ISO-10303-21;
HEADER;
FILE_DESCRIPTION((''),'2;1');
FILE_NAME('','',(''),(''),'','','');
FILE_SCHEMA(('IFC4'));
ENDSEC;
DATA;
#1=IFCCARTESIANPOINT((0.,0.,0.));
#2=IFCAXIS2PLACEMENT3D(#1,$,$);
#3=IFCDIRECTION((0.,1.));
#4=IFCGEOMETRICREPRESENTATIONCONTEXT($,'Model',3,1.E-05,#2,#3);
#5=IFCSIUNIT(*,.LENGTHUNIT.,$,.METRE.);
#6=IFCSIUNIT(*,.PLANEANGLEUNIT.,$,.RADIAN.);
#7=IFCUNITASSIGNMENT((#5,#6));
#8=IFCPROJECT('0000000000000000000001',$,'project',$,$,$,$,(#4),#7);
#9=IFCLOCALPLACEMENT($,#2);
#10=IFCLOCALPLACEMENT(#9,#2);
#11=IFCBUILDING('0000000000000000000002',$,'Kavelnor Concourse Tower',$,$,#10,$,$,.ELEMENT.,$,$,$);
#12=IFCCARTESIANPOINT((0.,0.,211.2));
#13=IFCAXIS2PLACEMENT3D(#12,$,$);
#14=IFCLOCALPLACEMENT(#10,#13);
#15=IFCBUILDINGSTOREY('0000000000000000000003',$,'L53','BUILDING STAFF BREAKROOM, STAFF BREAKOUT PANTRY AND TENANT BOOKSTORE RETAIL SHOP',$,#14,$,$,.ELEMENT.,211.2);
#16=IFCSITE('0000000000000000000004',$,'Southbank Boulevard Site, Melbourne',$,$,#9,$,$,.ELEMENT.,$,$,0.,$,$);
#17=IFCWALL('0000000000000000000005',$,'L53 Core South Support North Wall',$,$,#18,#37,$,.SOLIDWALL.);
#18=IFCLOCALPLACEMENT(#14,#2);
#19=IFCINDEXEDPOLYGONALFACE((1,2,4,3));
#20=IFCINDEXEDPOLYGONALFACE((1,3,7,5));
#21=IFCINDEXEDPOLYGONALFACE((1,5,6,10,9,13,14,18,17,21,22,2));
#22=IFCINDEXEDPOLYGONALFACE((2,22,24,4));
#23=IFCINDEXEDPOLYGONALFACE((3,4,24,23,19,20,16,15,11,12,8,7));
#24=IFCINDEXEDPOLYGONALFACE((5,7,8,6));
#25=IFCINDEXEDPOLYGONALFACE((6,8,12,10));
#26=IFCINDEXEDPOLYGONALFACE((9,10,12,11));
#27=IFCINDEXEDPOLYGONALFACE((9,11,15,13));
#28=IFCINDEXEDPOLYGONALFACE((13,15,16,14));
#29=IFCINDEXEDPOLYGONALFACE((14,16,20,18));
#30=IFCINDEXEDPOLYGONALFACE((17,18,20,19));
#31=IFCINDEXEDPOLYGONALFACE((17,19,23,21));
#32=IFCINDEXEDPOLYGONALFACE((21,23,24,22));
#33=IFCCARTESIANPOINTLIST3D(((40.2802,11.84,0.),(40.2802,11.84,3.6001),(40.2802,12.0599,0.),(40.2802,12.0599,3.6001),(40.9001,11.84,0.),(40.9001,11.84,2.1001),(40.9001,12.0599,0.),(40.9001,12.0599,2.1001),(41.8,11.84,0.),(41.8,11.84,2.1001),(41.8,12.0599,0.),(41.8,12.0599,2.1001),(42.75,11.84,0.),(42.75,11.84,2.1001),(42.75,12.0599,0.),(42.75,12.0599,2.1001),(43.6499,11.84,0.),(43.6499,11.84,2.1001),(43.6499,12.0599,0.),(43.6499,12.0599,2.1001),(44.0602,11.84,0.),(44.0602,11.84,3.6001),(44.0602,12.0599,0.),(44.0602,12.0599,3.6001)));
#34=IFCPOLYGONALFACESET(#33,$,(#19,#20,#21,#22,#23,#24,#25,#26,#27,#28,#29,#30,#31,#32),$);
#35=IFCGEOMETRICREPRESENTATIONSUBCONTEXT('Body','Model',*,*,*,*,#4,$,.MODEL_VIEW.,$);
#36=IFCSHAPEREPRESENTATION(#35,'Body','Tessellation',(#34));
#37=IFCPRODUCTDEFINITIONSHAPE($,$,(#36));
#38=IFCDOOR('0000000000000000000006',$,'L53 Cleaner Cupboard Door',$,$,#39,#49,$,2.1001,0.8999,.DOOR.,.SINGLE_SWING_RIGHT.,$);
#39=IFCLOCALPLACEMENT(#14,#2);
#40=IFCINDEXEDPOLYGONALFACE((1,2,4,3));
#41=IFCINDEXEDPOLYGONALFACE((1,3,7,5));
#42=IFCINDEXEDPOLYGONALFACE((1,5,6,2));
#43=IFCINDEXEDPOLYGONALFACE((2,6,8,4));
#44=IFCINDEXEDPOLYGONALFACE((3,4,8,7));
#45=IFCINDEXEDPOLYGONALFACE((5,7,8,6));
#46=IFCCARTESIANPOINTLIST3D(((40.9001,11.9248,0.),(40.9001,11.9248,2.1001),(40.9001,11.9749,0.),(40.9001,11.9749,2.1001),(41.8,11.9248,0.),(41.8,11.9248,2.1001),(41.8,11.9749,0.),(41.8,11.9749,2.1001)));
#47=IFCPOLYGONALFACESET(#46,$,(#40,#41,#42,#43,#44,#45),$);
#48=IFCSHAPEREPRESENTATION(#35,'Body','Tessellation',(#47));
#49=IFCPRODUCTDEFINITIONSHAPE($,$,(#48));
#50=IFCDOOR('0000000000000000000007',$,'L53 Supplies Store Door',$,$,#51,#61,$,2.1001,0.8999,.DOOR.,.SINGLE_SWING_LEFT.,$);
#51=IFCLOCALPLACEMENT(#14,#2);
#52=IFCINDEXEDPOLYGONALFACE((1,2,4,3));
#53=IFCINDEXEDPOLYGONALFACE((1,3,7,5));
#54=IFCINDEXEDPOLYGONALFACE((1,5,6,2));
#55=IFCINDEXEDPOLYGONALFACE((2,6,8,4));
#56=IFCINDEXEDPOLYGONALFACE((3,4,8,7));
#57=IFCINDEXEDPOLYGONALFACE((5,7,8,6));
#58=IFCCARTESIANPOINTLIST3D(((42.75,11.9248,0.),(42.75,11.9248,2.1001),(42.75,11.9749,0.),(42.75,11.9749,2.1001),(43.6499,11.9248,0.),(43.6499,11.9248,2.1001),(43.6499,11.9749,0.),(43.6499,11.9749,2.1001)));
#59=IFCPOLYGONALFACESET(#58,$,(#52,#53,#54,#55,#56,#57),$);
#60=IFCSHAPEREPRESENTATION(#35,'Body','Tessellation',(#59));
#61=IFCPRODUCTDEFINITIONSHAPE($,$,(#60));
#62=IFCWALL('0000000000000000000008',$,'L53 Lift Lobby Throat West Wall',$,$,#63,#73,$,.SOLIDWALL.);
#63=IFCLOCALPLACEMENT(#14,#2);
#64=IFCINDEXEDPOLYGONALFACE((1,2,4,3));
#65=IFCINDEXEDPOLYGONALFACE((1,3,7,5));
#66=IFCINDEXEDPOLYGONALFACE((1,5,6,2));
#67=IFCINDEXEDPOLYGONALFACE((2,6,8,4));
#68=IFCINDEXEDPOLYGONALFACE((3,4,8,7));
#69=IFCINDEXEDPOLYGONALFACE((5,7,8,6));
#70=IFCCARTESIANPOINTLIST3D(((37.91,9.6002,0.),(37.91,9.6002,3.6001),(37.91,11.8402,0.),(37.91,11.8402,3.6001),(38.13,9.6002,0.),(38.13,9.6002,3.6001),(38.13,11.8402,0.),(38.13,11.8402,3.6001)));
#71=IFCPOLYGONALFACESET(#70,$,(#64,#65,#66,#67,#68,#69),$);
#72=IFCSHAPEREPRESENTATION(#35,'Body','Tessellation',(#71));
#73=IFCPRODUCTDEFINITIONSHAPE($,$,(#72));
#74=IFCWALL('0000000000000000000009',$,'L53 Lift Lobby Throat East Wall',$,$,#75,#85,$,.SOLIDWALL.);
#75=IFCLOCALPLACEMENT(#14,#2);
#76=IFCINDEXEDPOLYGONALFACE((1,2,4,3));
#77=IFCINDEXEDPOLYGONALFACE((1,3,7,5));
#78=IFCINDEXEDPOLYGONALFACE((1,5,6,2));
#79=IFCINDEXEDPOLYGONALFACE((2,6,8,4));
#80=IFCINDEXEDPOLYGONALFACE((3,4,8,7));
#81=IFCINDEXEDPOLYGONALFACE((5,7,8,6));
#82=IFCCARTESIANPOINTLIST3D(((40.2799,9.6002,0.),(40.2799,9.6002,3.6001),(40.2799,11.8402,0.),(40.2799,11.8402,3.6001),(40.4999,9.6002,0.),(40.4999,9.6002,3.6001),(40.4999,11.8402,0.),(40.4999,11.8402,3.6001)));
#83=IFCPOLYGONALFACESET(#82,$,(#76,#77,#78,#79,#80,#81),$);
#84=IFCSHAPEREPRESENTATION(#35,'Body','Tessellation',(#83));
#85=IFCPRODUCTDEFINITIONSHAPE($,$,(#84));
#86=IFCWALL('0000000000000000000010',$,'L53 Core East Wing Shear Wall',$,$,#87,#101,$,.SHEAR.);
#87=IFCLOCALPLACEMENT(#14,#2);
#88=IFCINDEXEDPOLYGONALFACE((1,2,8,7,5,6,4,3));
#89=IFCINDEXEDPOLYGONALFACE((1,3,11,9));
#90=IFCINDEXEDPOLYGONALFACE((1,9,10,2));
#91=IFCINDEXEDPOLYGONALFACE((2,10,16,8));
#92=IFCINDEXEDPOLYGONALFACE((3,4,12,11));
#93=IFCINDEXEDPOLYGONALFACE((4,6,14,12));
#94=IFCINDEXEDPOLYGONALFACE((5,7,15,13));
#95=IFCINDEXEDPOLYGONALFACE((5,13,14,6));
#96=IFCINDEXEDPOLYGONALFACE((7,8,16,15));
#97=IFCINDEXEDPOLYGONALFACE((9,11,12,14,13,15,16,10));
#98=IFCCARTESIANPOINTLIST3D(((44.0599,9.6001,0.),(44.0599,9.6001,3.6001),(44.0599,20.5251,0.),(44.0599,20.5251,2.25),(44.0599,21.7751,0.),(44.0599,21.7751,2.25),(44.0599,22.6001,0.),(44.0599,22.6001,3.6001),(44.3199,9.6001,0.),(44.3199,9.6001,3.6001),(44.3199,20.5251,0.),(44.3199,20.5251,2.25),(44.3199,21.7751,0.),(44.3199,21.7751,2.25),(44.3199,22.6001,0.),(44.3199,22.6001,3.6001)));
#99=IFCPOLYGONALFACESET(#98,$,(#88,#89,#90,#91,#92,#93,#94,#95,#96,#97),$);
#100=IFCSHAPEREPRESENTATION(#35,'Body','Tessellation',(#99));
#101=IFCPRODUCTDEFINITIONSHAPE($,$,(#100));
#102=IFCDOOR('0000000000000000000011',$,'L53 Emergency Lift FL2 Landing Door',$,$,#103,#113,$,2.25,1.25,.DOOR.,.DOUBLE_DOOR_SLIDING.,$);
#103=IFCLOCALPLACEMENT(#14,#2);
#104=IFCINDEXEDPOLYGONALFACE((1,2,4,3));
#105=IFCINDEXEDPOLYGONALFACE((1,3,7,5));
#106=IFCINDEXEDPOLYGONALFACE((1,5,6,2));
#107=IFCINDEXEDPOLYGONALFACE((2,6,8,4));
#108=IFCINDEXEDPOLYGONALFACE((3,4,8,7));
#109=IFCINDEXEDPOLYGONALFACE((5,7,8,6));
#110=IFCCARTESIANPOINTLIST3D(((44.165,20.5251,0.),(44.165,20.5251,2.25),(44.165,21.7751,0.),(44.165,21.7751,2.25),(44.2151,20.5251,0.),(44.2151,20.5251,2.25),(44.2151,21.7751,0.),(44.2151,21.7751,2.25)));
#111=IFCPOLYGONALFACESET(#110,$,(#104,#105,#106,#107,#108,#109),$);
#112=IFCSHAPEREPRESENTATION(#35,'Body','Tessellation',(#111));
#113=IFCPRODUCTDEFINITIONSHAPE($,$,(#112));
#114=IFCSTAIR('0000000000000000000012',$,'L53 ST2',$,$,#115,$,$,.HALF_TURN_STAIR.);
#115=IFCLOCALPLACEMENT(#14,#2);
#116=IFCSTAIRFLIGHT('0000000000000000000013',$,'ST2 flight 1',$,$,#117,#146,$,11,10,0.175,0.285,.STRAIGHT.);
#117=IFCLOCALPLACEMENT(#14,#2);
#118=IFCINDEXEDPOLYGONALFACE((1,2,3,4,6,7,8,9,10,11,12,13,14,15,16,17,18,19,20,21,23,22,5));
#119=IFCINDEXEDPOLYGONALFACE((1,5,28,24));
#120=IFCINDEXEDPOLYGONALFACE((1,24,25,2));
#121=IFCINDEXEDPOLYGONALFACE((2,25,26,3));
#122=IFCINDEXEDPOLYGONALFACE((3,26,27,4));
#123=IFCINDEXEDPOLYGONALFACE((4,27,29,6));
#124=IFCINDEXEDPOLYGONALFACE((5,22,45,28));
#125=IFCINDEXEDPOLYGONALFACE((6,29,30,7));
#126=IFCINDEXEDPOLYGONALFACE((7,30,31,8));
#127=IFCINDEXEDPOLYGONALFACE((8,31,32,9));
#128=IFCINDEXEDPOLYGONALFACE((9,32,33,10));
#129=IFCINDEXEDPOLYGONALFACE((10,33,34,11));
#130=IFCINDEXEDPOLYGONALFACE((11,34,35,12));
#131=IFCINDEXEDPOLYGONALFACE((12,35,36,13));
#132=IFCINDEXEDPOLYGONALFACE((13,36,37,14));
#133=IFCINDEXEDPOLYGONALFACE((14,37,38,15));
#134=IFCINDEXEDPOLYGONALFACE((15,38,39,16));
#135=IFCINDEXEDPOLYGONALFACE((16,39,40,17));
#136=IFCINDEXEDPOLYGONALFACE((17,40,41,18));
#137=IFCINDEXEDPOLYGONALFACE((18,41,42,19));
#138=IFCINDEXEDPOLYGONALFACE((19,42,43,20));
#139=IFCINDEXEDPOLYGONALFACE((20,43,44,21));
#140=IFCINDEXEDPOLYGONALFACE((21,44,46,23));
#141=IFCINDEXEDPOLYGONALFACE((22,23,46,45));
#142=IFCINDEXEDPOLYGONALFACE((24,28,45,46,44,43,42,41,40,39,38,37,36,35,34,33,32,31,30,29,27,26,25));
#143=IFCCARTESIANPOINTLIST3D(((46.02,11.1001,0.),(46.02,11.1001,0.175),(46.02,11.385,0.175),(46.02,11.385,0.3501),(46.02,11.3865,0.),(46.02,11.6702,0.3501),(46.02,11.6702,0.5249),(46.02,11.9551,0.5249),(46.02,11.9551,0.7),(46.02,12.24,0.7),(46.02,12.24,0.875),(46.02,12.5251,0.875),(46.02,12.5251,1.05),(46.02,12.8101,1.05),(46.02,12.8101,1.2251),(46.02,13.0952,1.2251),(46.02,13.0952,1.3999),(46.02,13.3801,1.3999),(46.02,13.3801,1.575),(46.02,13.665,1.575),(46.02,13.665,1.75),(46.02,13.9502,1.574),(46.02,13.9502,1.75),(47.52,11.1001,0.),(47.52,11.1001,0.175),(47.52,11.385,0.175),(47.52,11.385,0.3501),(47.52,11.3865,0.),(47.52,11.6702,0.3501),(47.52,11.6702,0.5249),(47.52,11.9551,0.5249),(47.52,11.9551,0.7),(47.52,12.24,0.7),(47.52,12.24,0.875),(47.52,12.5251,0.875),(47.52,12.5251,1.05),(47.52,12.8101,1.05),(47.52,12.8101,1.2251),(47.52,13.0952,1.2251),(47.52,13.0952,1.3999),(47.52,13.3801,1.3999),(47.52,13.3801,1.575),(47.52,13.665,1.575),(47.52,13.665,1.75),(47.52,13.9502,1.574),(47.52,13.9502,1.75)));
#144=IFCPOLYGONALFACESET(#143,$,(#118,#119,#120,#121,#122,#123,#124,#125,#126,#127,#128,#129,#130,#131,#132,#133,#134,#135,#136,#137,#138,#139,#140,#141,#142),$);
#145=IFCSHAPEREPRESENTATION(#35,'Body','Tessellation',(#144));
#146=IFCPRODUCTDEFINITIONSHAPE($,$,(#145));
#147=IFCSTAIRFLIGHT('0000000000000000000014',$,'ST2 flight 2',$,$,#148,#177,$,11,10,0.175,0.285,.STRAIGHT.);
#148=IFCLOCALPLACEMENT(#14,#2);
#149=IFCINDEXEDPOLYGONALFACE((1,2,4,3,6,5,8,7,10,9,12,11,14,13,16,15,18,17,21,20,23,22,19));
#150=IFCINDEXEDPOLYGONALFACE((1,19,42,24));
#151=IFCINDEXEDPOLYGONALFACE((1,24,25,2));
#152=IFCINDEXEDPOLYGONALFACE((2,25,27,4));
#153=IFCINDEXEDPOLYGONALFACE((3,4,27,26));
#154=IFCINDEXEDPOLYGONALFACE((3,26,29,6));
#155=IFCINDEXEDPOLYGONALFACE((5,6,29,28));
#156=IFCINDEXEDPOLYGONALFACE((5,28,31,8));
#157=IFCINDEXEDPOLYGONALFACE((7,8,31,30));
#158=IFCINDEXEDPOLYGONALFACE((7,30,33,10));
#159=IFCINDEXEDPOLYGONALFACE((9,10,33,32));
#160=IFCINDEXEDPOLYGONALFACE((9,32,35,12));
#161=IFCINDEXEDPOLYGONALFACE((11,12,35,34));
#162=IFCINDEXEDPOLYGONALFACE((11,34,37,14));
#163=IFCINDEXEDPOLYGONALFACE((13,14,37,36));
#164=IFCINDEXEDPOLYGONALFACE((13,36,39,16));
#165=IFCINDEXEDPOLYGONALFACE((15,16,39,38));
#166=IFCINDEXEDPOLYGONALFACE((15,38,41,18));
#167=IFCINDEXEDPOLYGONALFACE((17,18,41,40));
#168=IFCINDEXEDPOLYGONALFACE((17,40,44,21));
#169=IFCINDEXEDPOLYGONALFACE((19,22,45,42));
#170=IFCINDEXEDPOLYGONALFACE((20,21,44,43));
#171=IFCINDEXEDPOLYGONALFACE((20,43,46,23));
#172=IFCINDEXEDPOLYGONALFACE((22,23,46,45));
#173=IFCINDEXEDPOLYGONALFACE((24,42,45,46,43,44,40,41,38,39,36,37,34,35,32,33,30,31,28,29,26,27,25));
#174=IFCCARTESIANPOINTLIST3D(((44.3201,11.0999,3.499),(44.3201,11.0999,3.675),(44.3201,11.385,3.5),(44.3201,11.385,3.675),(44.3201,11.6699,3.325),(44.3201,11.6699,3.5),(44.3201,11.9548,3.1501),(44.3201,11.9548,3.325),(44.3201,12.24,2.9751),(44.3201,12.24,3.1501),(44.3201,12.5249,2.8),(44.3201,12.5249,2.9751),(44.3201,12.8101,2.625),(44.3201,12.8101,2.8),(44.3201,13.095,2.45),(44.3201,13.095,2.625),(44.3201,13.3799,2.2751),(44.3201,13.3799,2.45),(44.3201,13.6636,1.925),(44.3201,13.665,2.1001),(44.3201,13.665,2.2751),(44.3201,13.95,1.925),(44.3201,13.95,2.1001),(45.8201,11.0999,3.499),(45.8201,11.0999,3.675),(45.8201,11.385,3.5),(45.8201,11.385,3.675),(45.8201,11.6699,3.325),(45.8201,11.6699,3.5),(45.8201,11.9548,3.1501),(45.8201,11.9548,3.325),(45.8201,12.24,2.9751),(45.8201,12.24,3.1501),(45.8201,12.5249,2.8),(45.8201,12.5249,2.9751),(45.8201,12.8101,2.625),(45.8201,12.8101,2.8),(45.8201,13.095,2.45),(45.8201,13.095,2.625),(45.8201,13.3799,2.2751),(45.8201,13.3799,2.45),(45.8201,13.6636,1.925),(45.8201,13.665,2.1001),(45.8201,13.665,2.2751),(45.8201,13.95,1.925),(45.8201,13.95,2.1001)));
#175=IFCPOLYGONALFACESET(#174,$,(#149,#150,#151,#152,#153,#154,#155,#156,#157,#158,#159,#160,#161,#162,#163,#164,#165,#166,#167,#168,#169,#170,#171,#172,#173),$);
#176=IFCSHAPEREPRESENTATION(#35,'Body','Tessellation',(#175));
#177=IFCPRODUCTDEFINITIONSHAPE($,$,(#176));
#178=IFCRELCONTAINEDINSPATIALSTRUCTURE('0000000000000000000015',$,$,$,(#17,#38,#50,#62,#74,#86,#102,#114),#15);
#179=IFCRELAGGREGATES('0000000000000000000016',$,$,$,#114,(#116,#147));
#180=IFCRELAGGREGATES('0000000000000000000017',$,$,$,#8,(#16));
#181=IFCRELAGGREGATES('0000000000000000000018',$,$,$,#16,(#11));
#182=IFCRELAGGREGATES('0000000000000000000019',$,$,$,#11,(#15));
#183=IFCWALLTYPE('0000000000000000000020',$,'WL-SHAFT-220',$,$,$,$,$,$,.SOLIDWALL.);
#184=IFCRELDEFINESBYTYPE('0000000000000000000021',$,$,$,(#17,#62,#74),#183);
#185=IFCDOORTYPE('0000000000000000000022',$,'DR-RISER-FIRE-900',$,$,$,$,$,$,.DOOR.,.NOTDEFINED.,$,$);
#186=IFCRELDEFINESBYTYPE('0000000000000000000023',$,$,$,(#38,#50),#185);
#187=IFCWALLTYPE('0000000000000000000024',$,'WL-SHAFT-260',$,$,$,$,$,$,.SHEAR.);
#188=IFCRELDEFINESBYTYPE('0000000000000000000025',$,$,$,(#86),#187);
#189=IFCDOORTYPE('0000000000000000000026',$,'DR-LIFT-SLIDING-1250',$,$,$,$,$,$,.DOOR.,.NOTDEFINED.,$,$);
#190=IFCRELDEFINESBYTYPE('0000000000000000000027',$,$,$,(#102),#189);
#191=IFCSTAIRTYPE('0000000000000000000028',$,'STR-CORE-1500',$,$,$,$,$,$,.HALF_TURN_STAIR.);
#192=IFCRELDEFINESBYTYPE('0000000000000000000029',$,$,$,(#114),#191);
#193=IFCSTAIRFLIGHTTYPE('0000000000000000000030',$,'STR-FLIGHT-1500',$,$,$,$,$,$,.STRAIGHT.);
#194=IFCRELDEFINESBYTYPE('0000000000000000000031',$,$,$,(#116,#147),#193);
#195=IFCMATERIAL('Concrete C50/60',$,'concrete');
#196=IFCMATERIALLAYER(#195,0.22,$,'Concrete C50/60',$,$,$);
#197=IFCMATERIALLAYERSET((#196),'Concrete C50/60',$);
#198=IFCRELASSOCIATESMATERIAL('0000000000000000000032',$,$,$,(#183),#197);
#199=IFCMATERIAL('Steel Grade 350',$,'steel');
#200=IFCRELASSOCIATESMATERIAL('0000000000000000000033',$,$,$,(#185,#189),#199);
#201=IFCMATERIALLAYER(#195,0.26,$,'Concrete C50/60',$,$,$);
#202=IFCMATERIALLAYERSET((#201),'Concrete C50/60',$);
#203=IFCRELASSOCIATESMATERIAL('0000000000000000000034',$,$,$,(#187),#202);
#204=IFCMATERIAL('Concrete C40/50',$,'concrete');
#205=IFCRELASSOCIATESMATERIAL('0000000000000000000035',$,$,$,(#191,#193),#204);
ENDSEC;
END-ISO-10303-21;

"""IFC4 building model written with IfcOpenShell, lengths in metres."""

from ifc_helpers import new_model, si_unit, direction, frame, frame_2d, origin, place, context, subcontext, project, spatial, polyline, rectangle, outline, extrude, material, layer, layer_set, type_object, element, fill, aggregate, save


model = new_model("IFC4")

# Units and contexts
model_context = context("Model", 3, precision=1e-05, world=origin(), true_north=direction((0.0, 1.0)))
body_context = subcontext(model_context, "Body", "Model", "MODEL_VIEW")
ifc_project = project(units=[si_unit("LENGTHUNIT", "METRE"), si_unit("PLANEANGLEUNIT", "RADIAN")], contexts=[model_context])

# Site, building, storey
site_placement = place(None, origin())
site = spatial("IfcSite", under=ifc_project, at=site_placement, Name="Southbank Boulevard Site, Melbourne", CompositionType="ELEMENT", RefElevation=0.0)
building_placement = place(site_placement, origin())
building = spatial("IfcBuilding", under=site, at=building_placement, Name="Kavelnor Concourse Tower", CompositionType="ELEMENT")
storey_placement = place(building_placement, frame((0.0, 0.0, 211.2)))
storey = spatial("IfcBuildingStorey", under=building, at=storey_placement, Name="L53", Description="BUILDING STAFF BREAKROOM, STAFF BREAKOUT PANTRY AND TENANT BOOKSTORE RETAIL SHOP", CompositionType="ELEMENT", Elevation=211.2)

# Shared definitions
ifc_material_1 = material(Name="Steel Grade 350", Category="steel")

# Shared definitions
ifc_material_2 = material(Name="Concrete C50/60", Category="concrete")
ifc_layer_1 = layer(ifc_material_2, 0.22, Name="Concrete C50/60")
ifc_layer_set_1 = layer_set([ifc_layer_1], Name="Concrete C50/60")
wall_type_1 = type_object("IfcWallType", Name="WL-SHAFT-220", PredefinedType="SOLIDWALL", material=ifc_layer_set_1)

# Wall, openings, doors
wall_1_placement = place(storey_placement, frame((40.28, 11.95, 0.0), z_axis=(0.0, 0.0, 1.0), x_axis=(1.0, 0.0, 0.0)))
wall_1 = element("IfcWall", 1, at=wall_1_placement, inside=storey, type_object=wall_type_1, Name="L53 Core South Support North Wall", PredefinedType="SOLIDWALL", context=body_context, shape_type="SweptSolid", body=[
    extrude(rectangle(XDim=3.78, YDim=0.22, at=frame_2d((1.8901, 0.0))), origin(), (0.0, 0.0, 1.0), 3.6001),
])
opening_1_placement = place(wall_1_placement, frame((0.6201, 0.0, 0.0)))
opening_1 = element("IfcOpeningElement", 2, at=opening_1_placement, cuts=wall_1, PredefinedType="OPENING", context=body_context, shape_type="SweptSolid", body=[
    extrude(rectangle(XDim=0.8999, YDim=2.1001, at=frame_2d((0.45, 1.05))), frame((0.0, 0.1201, 0.0), z_axis=(0.0, -1.0, 0.0), x_axis=(1.0, 0.0, 0.0)), (0.0, 0.0, 1.0), 0.24),
])
opening_2_placement = place(wall_1_placement, frame((2.47, 0.0, 0.0)))
opening_2 = element("IfcOpeningElement", 3, at=opening_2_placement, cuts=wall_1, PredefinedType="OPENING", context=body_context, shape_type="SweptSolid", body=[
    extrude(rectangle(XDim=0.8999, YDim=2.1001, at=frame_2d((0.45, 1.05))), frame((0.0, 0.1201, 0.0), z_axis=(0.0, -1.0, 0.0), x_axis=(1.0, 0.0, 0.0)), (0.0, 0.0, 1.0), 0.24),
])
door_type_1 = type_object("IfcDoorType", Name="DR-RISER-FIRE-900", OperationType="NOTDEFINED", PredefinedType="DOOR", material=ifc_material_1)
door_1_placement = place(opening_1_placement, origin())
door_1 = element("IfcDoor", 4, at=door_1_placement, inside=storey, type_object=door_type_1, Name="L53 Cleaner Cupboard Door", OperationType="SINGLE_SWING_RIGHT", OverallHeight=2.1001, OverallWidth=0.8999, PredefinedType="DOOR", context=body_context, shape_type="SweptSolid", body=[
    extrude(rectangle(XDim=0.8999, YDim=2.1001, at=frame_2d((0.45, 1.05))), frame((0.0, 0.0249, 0.0), z_axis=(0.0, -1.0, 0.0), x_axis=(1.0, 0.0, 0.0)), (0.0, 0.0, 1.0), 0.05),
])
fill(opening_1, door_1)
door_2_placement = place(opening_2_placement, origin())
door_2 = element("IfcDoor", 5, at=door_2_placement, inside=storey, type_object=door_type_1, Name="L53 Supplies Store Door", OperationType="SINGLE_SWING_LEFT", OverallHeight=2.1001, OverallWidth=0.8999, PredefinedType="DOOR", context=body_context, shape_type="SweptSolid", body=[
    extrude(rectangle(XDim=0.8999, YDim=2.1001, at=frame_2d((0.45, 1.05))), frame((0.0, 0.0249, 0.0), z_axis=(0.0, -1.0, 0.0), x_axis=(1.0, 0.0, 0.0)), (0.0, 0.0, 1.0), 0.05),
])
fill(opening_2, door_2)

# Walls
for number, where, z_axis, x_axis, name in (
    (6, (38.02, 9.6001, 0.0), (0.0, 0.0, 1.0), (0.0, 1.0, 0.0), "L53 Lift Lobby Throat West Wall"),
    (7, (40.3899, 9.6001, 0.0), (0.0, 0.0, 1.0), (0.0, 1.0, 0.0), "L53 Lift Lobby Throat East Wall"),
):
    element("IfcWall", number, at=place(storey_placement, frame(where, z_axis=z_axis, x_axis=x_axis)), inside=storey, type_object=wall_type_1, Name=name, PredefinedType="SOLIDWALL", context=body_context, shape_type="SweptSolid", body=[
        extrude(rectangle(XDim=2.24, YDim=0.22, at=frame_2d((1.1201, 0.0))), origin(), (0.0, 0.0, 1.0), 3.6001),
    ])

# Wall, opening, door
ifc_layer_2 = layer(ifc_material_2, 0.26, Name="Concrete C50/60")
ifc_layer_set_2 = layer_set([ifc_layer_2], Name="Concrete C50/60")
wall_type_2 = type_object("IfcWallType", Name="WL-SHAFT-260", PredefinedType="SHEAR", material=ifc_layer_set_2)
wall_2_placement = place(storey_placement, frame((44.1899, 9.6001, 0.0), z_axis=(0.0, 0.0, 1.0), x_axis=(0.0, 1.0, 0.0)))
wall_2 = element("IfcWall", 8, at=wall_2_placement, inside=storey, type_object=wall_type_2, Name="L53 Core East Wing Shear Wall", PredefinedType="SHEAR", context=body_context, shape_type="SweptSolid", body=[
    extrude(rectangle(XDim=13.0, YDim=0.26, at=frame_2d((6.5, 0.0))), origin(), (0.0, 0.0, 1.0), 3.6001),
])
opening_3_placement = place(wall_2_placement, frame((10.925, 0.0, 0.0)))
opening_3 = element("IfcOpeningElement", 9, at=opening_3_placement, cuts=wall_2, PredefinedType="OPENING", context=body_context, shape_type="SweptSolid", body=[
    extrude(rectangle(XDim=1.25, YDim=2.25, at=frame_2d((0.625, 1.125))), frame((0.0, 0.1401, 0.0), z_axis=(0.0, -1.0, 0.0), x_axis=(1.0, 0.0, 0.0)), (0.0, 0.0, 1.0), 0.28),
])
door_type_2 = type_object("IfcDoorType", Name="DR-LIFT-SLIDING-1250", OperationType="NOTDEFINED", PredefinedType="DOOR", material=ifc_material_1)
door_3_placement = place(opening_3_placement, origin())
door_3 = element("IfcDoor", 10, at=door_3_placement, inside=storey, type_object=door_type_2, Name="L53 Emergency Lift FL2 Landing Door", OperationType="DOUBLE_DOOR_SLIDING", OverallHeight=2.25, OverallWidth=1.25, PredefinedType="DOOR", context=body_context, shape_type="SweptSolid", body=[
    extrude(rectangle(XDim=1.25, YDim=2.25, at=frame_2d((0.625, 1.125))), frame((0.0, 0.0249, 0.0), z_axis=(0.0, -1.0, 0.0), x_axis=(1.0, 0.0, 0.0)), (0.0, 0.0, 1.0), 0.05),
])
fill(opening_3, door_3)

# Stair, stair flights
ifc_material_3 = material(Name="Concrete C40/50", Category="concrete")
stair_type = type_object("IfcStairType", Name="STR-CORE-1500", PredefinedType="HALF_TURN_STAIR", material=ifc_material_3)
stair_placement = place(storey_placement, origin())
stair = element("IfcStair", 11, at=stair_placement, inside=storey, type_object=stair_type, Name="L53 ST2", PredefinedType="HALF_TURN_STAIR")
stair_flight_type = type_object("IfcStairFlightType", Name="STR-FLIGHT-1500", PredefinedType="STRAIGHT", material=ifc_material_3)
stair_flight_1_placement = place(storey_placement, frame((46.77, 11.1001, 0.0), z_axis=(0.0, 0.0, 1.0), x_axis=(0.0, 1.0, 0.0)))
stair_flight_1 = element("IfcStairFlight", 12, at=stair_flight_1_placement, type_object=stair_flight_type, Name="ST2 flight 1", NumberOfRisers=11, NumberOfTreads=10, PredefinedType="STRAIGHT", RiserHeight=0.175, TreadLength=0.285, context=body_context, shape_type="SweptSolid", body=[
    extrude(outline(polyline([(0.0, 0.0), (0.0, 0.175), (0.2849, 0.175), (0.2849, 0.3501), (0.5701, 0.3501), (0.5701, 0.5249), (0.855, 0.5249), (0.855, 0.7), (1.1399, 0.7), (1.1399, 0.875), (1.425, 0.875), (1.425, 1.05), (1.71, 1.05), (1.71, 1.2251), (1.9951, 1.2251), (1.9951, 1.3999), (2.28, 1.3999), (2.28, 1.575), (2.5649, 1.575), (2.5649, 1.75), (2.8501, 1.75), (2.8501, 1.925), (2.8501, 1.574), (0.2864, 0.0), (0.0, 0.0)])), frame((0.0, 0.75, 0.0), z_axis=(0.0, -1.0, 0.0), x_axis=(1.0, 0.0, 0.0)), (0.0, 0.0, 1.0), 1.5),
])
stair_flight_2_placement = place(storey_placement, frame((45.0701, 13.95, 1.925), z_axis=(0.0, 0.0, 1.0), x_axis=(0.0, -1.0, 0.0)))
stair_flight_2 = element("IfcStairFlight", 13, at=stair_flight_2_placement, type_object=stair_flight_type, Name="ST2 flight 2", NumberOfRisers=11, NumberOfTreads=10, PredefinedType="STRAIGHT", RiserHeight=0.175, TreadLength=0.285, context=body_context, shape_type="SweptSolid", body=[
    extrude(outline(polyline([(0.0, 0.0), (0.0, 0.175), (0.2849, 0.175), (0.2849, 0.3501), (0.5701, 0.3501), (0.5701, 0.5249), (0.855, 0.5249), (0.855, 0.7), (1.1399, 0.7), (1.1399, 0.875), (1.425, 0.875), (1.425, 1.05), (1.71, 1.05), (1.71, 1.2251), (1.9951, 1.2251), (1.9951, 1.3999), (2.28, 1.3999), (2.28, 1.575), (2.5649, 1.575), (2.5649, 1.75), (2.8501, 1.75), (2.8501, 1.925), (2.8501, 1.574), (0.2864, 0.0), (0.0, 0.0)])), frame((0.0, 0.75, 0.0), z_axis=(0.0, -1.0, 0.0), x_axis=(1.0, 0.0, 0.0)), (0.0, 0.0, 1.0), 1.5),
])
aggregate(stair, [stair_flight_1, stair_flight_2])

save(model, "model.ifc")
